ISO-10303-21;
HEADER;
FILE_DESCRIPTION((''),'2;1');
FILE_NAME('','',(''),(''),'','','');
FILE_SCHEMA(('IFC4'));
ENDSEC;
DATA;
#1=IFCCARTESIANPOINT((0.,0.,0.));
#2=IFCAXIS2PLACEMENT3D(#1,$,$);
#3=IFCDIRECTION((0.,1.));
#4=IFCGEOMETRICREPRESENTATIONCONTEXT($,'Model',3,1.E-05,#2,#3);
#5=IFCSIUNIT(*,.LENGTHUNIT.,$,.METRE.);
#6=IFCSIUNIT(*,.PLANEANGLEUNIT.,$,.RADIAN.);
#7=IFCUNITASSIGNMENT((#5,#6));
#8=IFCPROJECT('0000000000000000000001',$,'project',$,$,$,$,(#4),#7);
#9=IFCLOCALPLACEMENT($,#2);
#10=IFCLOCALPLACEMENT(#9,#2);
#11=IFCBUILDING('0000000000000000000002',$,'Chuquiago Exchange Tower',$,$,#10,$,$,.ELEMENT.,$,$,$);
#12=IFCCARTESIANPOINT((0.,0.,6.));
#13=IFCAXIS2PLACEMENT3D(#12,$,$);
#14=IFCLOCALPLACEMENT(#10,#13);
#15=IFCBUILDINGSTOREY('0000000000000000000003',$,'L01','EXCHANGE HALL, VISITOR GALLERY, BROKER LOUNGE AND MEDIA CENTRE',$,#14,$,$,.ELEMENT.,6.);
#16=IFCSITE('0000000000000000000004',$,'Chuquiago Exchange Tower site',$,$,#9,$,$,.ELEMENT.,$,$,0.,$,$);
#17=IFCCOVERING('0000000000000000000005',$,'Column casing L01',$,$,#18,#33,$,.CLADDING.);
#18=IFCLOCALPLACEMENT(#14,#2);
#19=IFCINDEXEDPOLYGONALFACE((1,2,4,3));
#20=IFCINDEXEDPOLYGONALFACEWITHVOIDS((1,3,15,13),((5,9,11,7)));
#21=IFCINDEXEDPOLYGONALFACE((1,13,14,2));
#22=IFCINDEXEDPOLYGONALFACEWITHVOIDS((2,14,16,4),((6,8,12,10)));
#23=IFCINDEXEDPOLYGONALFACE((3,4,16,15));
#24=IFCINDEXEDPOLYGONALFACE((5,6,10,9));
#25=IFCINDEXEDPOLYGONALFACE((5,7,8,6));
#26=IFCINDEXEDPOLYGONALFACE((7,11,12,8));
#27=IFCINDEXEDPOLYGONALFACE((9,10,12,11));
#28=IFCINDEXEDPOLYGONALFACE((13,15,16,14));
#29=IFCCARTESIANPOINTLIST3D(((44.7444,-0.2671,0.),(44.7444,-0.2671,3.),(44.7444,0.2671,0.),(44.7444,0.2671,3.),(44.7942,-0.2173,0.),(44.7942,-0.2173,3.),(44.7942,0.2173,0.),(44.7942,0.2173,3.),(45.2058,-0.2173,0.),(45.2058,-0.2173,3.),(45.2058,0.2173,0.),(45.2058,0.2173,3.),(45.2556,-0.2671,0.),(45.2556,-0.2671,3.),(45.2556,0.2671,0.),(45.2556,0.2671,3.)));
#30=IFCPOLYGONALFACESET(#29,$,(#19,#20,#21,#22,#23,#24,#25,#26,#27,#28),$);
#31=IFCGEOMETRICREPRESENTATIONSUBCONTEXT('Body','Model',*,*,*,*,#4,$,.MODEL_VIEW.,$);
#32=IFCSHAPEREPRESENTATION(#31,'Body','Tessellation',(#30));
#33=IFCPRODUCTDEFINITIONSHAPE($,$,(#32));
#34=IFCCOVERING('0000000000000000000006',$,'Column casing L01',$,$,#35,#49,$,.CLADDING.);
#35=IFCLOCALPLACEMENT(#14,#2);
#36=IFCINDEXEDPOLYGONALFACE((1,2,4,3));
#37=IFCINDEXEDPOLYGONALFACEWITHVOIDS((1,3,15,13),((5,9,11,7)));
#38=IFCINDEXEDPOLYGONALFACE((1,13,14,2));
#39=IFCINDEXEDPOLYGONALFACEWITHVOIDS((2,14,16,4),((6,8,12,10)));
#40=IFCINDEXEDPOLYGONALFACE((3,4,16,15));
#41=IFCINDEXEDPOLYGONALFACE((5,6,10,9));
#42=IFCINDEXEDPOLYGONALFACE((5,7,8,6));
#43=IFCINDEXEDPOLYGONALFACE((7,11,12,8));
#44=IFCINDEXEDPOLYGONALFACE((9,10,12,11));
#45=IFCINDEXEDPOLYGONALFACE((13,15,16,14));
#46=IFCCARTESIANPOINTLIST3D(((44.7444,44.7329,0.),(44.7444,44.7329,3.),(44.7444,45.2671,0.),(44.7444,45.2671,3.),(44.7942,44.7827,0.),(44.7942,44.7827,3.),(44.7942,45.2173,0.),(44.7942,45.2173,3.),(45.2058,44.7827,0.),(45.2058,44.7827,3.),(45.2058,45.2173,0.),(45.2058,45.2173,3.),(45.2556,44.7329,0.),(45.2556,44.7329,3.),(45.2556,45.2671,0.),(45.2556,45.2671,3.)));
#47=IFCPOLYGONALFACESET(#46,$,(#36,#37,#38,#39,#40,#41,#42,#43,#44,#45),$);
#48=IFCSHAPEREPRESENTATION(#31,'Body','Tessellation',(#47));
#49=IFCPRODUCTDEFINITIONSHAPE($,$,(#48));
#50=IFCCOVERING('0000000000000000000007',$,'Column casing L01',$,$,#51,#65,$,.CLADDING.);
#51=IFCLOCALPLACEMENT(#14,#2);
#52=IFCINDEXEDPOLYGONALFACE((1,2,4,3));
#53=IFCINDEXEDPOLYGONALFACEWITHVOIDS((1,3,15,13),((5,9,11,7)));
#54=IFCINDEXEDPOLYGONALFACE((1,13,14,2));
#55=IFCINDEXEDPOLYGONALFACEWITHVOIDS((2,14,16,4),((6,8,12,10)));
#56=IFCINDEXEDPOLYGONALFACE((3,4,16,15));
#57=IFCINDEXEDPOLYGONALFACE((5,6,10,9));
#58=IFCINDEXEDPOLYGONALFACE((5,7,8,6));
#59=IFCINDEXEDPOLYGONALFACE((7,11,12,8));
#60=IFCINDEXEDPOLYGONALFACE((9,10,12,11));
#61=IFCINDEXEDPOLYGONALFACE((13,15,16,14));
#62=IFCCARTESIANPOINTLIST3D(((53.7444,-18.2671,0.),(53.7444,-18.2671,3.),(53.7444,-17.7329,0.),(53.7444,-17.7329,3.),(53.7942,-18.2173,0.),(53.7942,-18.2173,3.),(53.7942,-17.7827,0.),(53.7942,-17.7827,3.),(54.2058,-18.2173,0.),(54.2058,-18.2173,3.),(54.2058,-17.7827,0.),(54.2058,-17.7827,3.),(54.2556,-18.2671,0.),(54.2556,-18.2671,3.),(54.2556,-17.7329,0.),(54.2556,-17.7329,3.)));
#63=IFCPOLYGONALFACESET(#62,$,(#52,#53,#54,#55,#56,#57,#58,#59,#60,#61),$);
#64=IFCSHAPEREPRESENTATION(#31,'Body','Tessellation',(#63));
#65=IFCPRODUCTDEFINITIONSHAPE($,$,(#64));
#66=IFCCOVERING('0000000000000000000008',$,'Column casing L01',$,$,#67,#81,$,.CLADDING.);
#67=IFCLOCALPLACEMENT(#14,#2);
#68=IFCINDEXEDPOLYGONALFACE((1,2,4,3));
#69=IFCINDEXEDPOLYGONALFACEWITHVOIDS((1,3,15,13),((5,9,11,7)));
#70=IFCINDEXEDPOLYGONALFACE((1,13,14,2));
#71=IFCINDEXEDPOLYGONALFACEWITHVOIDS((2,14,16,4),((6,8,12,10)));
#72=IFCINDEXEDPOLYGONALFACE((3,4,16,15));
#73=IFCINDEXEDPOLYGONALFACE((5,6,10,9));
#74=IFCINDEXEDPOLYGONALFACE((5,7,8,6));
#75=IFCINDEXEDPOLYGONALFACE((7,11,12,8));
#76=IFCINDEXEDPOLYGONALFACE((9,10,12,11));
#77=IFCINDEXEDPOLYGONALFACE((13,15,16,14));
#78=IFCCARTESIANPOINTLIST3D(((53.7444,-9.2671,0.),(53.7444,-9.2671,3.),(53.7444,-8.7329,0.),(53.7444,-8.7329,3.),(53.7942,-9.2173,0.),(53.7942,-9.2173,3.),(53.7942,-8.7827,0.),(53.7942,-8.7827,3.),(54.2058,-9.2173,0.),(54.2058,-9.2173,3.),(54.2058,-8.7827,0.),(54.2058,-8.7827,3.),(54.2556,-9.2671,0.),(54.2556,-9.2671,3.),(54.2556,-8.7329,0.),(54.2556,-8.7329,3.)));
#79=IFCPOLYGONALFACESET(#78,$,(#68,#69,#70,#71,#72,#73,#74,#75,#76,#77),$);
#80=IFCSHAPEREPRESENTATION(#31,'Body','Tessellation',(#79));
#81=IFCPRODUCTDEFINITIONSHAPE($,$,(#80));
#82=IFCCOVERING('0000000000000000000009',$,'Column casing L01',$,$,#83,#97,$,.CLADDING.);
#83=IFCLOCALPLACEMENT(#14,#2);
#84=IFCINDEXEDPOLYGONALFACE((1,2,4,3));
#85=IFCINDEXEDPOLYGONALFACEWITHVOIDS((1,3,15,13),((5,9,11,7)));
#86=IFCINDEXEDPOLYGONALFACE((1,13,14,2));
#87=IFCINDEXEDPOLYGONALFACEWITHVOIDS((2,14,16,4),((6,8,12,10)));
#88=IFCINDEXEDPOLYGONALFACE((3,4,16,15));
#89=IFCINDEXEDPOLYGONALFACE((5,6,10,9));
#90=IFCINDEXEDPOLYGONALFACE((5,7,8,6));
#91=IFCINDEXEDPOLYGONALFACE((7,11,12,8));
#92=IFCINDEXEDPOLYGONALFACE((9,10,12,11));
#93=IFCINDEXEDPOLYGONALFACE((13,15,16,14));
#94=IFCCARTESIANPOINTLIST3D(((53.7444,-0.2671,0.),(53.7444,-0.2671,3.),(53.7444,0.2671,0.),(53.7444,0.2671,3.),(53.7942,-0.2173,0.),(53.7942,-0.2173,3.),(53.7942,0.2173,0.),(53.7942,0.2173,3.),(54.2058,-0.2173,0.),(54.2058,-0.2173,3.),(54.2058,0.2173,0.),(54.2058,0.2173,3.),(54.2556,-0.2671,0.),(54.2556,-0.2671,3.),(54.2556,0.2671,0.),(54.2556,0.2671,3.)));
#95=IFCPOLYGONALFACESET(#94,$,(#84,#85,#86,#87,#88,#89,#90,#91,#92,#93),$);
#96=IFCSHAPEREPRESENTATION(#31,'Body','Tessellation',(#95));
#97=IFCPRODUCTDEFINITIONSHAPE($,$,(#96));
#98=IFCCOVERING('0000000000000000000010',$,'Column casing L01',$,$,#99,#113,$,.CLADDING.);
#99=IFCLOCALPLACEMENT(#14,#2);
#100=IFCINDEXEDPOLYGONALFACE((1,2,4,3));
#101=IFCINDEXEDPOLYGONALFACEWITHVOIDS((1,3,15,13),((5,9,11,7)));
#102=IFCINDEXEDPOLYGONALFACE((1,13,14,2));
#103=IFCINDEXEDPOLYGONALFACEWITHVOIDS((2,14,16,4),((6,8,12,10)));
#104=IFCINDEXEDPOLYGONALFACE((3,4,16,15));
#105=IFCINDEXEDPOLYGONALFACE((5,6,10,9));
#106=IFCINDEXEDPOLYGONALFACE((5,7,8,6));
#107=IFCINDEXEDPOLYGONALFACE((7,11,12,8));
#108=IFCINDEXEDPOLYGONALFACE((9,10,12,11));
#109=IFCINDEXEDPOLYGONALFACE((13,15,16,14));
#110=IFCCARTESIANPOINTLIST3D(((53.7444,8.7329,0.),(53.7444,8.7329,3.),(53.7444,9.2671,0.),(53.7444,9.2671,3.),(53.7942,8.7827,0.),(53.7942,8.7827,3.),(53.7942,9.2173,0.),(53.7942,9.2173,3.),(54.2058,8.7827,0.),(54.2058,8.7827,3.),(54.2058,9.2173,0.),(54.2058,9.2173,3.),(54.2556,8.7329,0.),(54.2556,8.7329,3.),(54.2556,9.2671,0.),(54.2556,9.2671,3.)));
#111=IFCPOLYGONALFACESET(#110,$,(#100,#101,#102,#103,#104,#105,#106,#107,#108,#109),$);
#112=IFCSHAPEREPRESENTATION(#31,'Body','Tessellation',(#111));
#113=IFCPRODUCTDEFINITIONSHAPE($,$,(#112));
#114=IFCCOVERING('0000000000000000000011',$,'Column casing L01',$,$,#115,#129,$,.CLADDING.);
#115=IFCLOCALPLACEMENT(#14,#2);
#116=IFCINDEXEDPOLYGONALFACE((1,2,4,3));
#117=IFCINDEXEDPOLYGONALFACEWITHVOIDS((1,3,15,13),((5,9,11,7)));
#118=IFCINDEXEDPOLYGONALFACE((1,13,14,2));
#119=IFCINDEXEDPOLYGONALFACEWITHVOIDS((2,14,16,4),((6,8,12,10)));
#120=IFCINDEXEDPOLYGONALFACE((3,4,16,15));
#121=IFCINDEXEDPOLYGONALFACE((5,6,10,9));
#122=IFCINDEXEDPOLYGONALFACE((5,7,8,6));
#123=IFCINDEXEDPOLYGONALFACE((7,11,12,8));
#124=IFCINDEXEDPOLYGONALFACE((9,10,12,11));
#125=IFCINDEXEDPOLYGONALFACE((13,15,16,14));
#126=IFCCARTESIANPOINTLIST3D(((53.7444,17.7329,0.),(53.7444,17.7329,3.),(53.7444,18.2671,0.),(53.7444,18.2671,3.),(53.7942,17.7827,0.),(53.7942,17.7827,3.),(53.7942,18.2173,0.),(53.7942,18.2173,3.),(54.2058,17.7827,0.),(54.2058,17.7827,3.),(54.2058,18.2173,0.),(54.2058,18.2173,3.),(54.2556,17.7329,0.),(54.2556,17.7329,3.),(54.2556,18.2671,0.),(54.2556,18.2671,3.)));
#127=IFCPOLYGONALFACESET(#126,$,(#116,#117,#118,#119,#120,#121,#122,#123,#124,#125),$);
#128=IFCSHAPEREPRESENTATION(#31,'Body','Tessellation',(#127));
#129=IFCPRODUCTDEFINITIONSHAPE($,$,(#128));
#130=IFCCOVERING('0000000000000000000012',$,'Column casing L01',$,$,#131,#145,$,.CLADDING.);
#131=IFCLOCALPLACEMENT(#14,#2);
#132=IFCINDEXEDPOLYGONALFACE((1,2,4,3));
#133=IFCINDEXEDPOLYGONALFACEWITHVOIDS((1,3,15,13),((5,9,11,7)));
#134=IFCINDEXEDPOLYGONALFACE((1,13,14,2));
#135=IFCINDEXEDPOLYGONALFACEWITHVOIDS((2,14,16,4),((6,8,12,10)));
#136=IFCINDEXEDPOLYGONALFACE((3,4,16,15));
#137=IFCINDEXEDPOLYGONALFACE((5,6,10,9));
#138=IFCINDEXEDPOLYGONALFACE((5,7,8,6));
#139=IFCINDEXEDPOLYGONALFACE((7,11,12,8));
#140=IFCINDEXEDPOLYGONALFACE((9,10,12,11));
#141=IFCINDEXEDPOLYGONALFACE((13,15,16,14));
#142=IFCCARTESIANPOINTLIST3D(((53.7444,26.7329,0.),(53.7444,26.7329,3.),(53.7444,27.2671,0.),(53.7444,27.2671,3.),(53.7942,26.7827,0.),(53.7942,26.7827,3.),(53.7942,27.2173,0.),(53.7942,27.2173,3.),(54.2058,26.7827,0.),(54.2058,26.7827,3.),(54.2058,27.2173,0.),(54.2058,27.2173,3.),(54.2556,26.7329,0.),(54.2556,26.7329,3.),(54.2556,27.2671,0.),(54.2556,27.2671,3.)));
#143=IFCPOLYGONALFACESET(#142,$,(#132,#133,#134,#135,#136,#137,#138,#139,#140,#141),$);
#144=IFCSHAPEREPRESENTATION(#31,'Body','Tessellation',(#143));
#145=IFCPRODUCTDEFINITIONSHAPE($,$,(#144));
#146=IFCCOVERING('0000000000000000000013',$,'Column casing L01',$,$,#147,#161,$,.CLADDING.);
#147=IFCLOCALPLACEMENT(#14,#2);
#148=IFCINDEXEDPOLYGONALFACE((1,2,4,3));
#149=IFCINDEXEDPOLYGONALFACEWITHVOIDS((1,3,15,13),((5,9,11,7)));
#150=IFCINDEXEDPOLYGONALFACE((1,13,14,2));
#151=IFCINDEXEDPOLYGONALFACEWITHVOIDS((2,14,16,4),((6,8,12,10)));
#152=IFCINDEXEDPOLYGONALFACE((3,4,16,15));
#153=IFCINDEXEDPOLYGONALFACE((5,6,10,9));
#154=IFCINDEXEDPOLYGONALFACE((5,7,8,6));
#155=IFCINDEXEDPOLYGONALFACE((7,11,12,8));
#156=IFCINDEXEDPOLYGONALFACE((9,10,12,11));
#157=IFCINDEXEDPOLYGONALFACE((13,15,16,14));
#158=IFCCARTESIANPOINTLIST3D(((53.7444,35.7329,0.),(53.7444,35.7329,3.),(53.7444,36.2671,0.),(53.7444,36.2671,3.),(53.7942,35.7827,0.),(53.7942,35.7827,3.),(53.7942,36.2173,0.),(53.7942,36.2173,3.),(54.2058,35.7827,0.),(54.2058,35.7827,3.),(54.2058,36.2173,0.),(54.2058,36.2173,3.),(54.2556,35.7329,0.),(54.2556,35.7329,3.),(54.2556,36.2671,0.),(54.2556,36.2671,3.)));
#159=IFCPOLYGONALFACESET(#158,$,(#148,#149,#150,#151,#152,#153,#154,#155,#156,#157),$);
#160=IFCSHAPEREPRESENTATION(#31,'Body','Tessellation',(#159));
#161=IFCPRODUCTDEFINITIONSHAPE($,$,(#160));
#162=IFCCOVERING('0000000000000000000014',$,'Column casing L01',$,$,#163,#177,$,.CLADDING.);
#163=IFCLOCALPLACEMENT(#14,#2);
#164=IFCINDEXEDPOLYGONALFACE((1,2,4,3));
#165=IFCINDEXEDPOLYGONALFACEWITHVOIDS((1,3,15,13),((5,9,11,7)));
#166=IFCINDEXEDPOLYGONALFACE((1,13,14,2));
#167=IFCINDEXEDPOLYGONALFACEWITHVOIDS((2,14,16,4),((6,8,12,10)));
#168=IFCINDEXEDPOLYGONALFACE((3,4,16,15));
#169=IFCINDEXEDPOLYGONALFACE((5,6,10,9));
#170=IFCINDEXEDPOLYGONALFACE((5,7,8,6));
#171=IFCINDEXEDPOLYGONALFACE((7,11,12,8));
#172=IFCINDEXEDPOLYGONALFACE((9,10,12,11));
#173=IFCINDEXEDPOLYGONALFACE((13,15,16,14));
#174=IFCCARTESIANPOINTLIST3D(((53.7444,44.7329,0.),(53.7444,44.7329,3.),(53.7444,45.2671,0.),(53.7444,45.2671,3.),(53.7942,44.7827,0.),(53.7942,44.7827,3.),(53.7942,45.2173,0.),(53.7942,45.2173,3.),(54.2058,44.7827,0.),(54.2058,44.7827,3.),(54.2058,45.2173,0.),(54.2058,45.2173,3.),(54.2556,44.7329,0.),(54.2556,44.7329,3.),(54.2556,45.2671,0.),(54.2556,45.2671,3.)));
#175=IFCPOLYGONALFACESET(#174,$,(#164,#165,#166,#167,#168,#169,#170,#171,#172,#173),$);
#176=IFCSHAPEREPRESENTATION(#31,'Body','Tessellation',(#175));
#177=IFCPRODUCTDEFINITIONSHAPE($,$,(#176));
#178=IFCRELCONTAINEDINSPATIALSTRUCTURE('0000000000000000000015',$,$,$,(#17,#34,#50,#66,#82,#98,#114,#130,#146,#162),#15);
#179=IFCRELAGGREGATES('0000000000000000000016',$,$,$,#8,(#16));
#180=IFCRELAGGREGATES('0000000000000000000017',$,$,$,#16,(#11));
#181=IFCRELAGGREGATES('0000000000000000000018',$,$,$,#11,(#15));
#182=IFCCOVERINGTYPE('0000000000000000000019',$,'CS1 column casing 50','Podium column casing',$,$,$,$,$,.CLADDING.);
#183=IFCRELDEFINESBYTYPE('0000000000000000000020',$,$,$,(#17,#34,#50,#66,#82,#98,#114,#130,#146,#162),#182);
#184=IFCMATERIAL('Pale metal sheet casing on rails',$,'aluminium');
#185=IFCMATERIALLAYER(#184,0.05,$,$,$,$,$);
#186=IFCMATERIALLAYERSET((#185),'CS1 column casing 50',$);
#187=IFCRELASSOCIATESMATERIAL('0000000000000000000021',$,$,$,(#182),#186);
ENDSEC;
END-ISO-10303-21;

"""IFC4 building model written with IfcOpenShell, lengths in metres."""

from ifc_helpers import new_model, si_unit, direction, frame, origin, place, context, subcontext, project, spatial, polyline, outline, extrude, material, layer, layer_set, type_object, element, save


model = new_model("IFC4")

# Units and contexts
model_context = context("Model", 3, precision=1e-05, world=origin(), true_north=direction((0.0, 1.0)))
body_context = subcontext(model_context, "Body", "Model", "MODEL_VIEW")
ifc_project = project(units=[si_unit("LENGTHUNIT", "METRE"), si_unit("PLANEANGLEUNIT", "RADIAN")], contexts=[model_context])

# Site, building, storey
site_placement = place(None, origin())
site = spatial("IfcSite", under=ifc_project, at=site_placement, Name="Chuquiago Exchange Tower site", CompositionType="ELEMENT", RefElevation=0.0)
building_placement = place(site_placement, origin())
building = spatial("IfcBuilding", under=site, at=building_placement, Name="Chuquiago Exchange Tower", CompositionType="ELEMENT")
storey_placement = place(building_placement, frame((0.0, 0.0, 6.0)))
storey = spatial("IfcBuildingStorey", under=building, at=storey_placement, Name="L01", Description="EXCHANGE HALL, VISITOR GALLERY, BROKER LOUNGE AND MEDIA CENTRE", CompositionType="ELEMENT", Elevation=6.0)

# Coverings
ifc_material_1 = material(Name="Pale metal sheet casing on rails", Category="aluminium")
ifc_layer = layer(ifc_material_1, 0.05)
ifc_layer_set = layer_set([ifc_layer], Name="CS1 column casing 50")
covering_type = type_object("IfcCoveringType", Name="CS1 column casing 50", Description="Podium column casing", PredefinedType="CLADDING", material=ifc_layer_set)
covering_1_placement = place(storey_placement, origin())
element("IfcCovering", 1, at=covering_1_placement, inside=storey, type_object=covering_type, Name="Column casing L01", PredefinedType="CLADDING", context=body_context, shape_type="SweptSolid", body=[
    extrude(outline(polyline([(44.7444, -0.2671), (45.2556, -0.2671), (45.2556, 0.2671), (44.7444, 0.2671), (44.7444, -0.2671)]), holes=[polyline([(44.7942, -0.2173), (44.7942, 0.2173), (45.2058, 0.2173), (45.2058, -0.2173), (44.7942, -0.2173)])]), origin(), (0.0, 0.0, 1.0), 3.0),
])
covering_2_placement = place(storey_placement, origin())
element("IfcCovering", 2, at=covering_2_placement, inside=storey, type_object=covering_type, Name="Column casing L01", PredefinedType="CLADDING", context=body_context, shape_type="SweptSolid", body=[
    extrude(outline(polyline([(44.7444, 44.7329), (45.2556, 44.7329), (45.2556, 45.2671), (44.7444, 45.2671), (44.7444, 44.7329)]), holes=[polyline([(44.7942, 44.7827), (44.7942, 45.2173), (45.2058, 45.2173), (45.2058, 44.7827), (44.7942, 44.7827)])]), origin(), (0.0, 0.0, 1.0), 3.0),
])
covering_3_placement = place(storey_placement, origin())
element("IfcCovering", 3, at=covering_3_placement, inside=storey, type_object=covering_type, Name="Column casing L01", PredefinedType="CLADDING", context=body_context, shape_type="SweptSolid", body=[
    extrude(outline(polyline([(53.7444, -18.2671), (54.2556, -18.2671), (54.2556, -17.7329), (53.7444, -17.7329), (53.7444, -18.2671)]), holes=[polyline([(53.7942, -18.2173), (53.7942, -17.7827), (54.2058, -17.7827), (54.2058, -18.2173), (53.7942, -18.2173)])]), origin(), (0.0, 0.0, 1.0), 3.0),
])
covering_4_placement = place(storey_placement, origin())
element("IfcCovering", 4, at=covering_4_placement, inside=storey, type_object=covering_type, Name="Column casing L01", PredefinedType="CLADDING", context=body_context, shape_type="SweptSolid", body=[
    extrude(outline(polyline([(53.7444, -9.2671), (54.2556, -9.2671), (54.2556, -8.7329), (53.7444, -8.7329), (53.7444, -9.2671)]), holes=[polyline([(53.7942, -9.2173), (53.7942, -8.7827), (54.2058, -8.7827), (54.2058, -9.2173), (53.7942, -9.2173)])]), origin(), (0.0, 0.0, 1.0), 3.0),
])
covering_5_placement = place(storey_placement, origin())
element("IfcCovering", 5, at=covering_5_placement, inside=storey, type_object=covering_type, Name="Column casing L01", PredefinedType="CLADDING", context=body_context, shape_type="SweptSolid", body=[
    extrude(outline(polyline([(53.7444, -0.2671), (54.2556, -0.2671), (54.2556, 0.2671), (53.7444, 0.2671), (53.7444, -0.2671)]), holes=[polyline([(53.7942, -0.2173), (53.7942, 0.2173), (54.2058, 0.2173), (54.2058, -0.2173), (53.7942, -0.2173)])]), origin(), (0.0, 0.0, 1.0), 3.0),
])
covering_6_placement = place(storey_placement, origin())
element("IfcCovering", 6, at=covering_6_placement, inside=storey, type_object=covering_type, Name="Column casing L01", PredefinedType="CLADDING", context=body_context, shape_type="SweptSolid", body=[
    extrude(outline(polyline([(53.7444, 8.7329), (54.2556, 8.7329), (54.2556, 9.2671), (53.7444, 9.2671), (53.7444, 8.7329)]), holes=[polyline([(53.7942, 8.7827), (53.7942, 9.2173), (54.2058, 9.2173), (54.2058, 8.7827), (53.7942, 8.7827)])]), origin(), (0.0, 0.0, 1.0), 3.0),
])
covering_7_placement = place(storey_placement, origin())
element("IfcCovering", 7, at=covering_7_placement, inside=storey, type_object=covering_type, Name="Column casing L01", PredefinedType="CLADDING", context=body_context, shape_type="SweptSolid", body=[
    extrude(outline(polyline([(53.7444, 17.7329), (54.2556, 17.7329), (54.2556, 18.2671), (53.7444, 18.2671), (53.7444, 17.7329)]), holes=[polyline([(53.7942, 17.7827), (53.7942, 18.2173), (54.2058, 18.2173), (54.2058, 17.7827), (53.7942, 17.7827)])]), origin(), (0.0, 0.0, 1.0), 3.0),
])
covering_8_placement = place(storey_placement, origin())
element("IfcCovering", 8, at=covering_8_placement, inside=storey, type_object=covering_type, Name="Column casing L01", PredefinedType="CLADDING", context=body_context, shape_type="SweptSolid", body=[
    extrude(outline(polyline([(53.7444, 26.7329), (54.2556, 26.7329), (54.2556, 27.2671), (53.7444, 27.2671), (53.7444, 26.7329)]), holes=[polyline([(53.7942, 26.7827), (53.7942, 27.2173), (54.2058, 27.2173), (54.2058, 26.7827), (53.7942, 26.7827)])]), origin(), (0.0, 0.0, 1.0), 3.0),
])
covering_9_placement = place(storey_placement, origin())
element("IfcCovering", 9, at=covering_9_placement, inside=storey, type_object=covering_type, Name="Column casing L01", PredefinedType="CLADDING", context=body_context, shape_type="SweptSolid", body=[
    extrude(outline(polyline([(53.7444, 35.7329), (54.2556, 35.7329), (54.2556, 36.2671), (53.7444, 36.2671), (53.7444, 35.7329)]), holes=[polyline([(53.7942, 35.7827), (53.7942, 36.2173), (54.2058, 36.2173), (54.2058, 35.7827), (53.7942, 35.7827)])]), origin(), (0.0, 0.0, 1.0), 3.0),
])
covering_10_placement = place(storey_placement, origin())
element("IfcCovering", 10, at=covering_10_placement, inside=storey, type_object=covering_type, Name="Column casing L01", PredefinedType="CLADDING", context=body_context, shape_type="SweptSolid", body=[
    extrude(outline(polyline([(53.7444, 44.7329), (54.2556, 44.7329), (54.2556, 45.2671), (53.7444, 45.2671), (53.7444, 44.7329)]), holes=[polyline([(53.7942, 44.7827), (53.7942, 45.2173), (54.2058, 45.2173), (54.2058, 44.7827), (53.7942, 44.7827)])]), origin(), (0.0, 0.0, 1.0), 3.0),
])

save(model, "model.ifc")
